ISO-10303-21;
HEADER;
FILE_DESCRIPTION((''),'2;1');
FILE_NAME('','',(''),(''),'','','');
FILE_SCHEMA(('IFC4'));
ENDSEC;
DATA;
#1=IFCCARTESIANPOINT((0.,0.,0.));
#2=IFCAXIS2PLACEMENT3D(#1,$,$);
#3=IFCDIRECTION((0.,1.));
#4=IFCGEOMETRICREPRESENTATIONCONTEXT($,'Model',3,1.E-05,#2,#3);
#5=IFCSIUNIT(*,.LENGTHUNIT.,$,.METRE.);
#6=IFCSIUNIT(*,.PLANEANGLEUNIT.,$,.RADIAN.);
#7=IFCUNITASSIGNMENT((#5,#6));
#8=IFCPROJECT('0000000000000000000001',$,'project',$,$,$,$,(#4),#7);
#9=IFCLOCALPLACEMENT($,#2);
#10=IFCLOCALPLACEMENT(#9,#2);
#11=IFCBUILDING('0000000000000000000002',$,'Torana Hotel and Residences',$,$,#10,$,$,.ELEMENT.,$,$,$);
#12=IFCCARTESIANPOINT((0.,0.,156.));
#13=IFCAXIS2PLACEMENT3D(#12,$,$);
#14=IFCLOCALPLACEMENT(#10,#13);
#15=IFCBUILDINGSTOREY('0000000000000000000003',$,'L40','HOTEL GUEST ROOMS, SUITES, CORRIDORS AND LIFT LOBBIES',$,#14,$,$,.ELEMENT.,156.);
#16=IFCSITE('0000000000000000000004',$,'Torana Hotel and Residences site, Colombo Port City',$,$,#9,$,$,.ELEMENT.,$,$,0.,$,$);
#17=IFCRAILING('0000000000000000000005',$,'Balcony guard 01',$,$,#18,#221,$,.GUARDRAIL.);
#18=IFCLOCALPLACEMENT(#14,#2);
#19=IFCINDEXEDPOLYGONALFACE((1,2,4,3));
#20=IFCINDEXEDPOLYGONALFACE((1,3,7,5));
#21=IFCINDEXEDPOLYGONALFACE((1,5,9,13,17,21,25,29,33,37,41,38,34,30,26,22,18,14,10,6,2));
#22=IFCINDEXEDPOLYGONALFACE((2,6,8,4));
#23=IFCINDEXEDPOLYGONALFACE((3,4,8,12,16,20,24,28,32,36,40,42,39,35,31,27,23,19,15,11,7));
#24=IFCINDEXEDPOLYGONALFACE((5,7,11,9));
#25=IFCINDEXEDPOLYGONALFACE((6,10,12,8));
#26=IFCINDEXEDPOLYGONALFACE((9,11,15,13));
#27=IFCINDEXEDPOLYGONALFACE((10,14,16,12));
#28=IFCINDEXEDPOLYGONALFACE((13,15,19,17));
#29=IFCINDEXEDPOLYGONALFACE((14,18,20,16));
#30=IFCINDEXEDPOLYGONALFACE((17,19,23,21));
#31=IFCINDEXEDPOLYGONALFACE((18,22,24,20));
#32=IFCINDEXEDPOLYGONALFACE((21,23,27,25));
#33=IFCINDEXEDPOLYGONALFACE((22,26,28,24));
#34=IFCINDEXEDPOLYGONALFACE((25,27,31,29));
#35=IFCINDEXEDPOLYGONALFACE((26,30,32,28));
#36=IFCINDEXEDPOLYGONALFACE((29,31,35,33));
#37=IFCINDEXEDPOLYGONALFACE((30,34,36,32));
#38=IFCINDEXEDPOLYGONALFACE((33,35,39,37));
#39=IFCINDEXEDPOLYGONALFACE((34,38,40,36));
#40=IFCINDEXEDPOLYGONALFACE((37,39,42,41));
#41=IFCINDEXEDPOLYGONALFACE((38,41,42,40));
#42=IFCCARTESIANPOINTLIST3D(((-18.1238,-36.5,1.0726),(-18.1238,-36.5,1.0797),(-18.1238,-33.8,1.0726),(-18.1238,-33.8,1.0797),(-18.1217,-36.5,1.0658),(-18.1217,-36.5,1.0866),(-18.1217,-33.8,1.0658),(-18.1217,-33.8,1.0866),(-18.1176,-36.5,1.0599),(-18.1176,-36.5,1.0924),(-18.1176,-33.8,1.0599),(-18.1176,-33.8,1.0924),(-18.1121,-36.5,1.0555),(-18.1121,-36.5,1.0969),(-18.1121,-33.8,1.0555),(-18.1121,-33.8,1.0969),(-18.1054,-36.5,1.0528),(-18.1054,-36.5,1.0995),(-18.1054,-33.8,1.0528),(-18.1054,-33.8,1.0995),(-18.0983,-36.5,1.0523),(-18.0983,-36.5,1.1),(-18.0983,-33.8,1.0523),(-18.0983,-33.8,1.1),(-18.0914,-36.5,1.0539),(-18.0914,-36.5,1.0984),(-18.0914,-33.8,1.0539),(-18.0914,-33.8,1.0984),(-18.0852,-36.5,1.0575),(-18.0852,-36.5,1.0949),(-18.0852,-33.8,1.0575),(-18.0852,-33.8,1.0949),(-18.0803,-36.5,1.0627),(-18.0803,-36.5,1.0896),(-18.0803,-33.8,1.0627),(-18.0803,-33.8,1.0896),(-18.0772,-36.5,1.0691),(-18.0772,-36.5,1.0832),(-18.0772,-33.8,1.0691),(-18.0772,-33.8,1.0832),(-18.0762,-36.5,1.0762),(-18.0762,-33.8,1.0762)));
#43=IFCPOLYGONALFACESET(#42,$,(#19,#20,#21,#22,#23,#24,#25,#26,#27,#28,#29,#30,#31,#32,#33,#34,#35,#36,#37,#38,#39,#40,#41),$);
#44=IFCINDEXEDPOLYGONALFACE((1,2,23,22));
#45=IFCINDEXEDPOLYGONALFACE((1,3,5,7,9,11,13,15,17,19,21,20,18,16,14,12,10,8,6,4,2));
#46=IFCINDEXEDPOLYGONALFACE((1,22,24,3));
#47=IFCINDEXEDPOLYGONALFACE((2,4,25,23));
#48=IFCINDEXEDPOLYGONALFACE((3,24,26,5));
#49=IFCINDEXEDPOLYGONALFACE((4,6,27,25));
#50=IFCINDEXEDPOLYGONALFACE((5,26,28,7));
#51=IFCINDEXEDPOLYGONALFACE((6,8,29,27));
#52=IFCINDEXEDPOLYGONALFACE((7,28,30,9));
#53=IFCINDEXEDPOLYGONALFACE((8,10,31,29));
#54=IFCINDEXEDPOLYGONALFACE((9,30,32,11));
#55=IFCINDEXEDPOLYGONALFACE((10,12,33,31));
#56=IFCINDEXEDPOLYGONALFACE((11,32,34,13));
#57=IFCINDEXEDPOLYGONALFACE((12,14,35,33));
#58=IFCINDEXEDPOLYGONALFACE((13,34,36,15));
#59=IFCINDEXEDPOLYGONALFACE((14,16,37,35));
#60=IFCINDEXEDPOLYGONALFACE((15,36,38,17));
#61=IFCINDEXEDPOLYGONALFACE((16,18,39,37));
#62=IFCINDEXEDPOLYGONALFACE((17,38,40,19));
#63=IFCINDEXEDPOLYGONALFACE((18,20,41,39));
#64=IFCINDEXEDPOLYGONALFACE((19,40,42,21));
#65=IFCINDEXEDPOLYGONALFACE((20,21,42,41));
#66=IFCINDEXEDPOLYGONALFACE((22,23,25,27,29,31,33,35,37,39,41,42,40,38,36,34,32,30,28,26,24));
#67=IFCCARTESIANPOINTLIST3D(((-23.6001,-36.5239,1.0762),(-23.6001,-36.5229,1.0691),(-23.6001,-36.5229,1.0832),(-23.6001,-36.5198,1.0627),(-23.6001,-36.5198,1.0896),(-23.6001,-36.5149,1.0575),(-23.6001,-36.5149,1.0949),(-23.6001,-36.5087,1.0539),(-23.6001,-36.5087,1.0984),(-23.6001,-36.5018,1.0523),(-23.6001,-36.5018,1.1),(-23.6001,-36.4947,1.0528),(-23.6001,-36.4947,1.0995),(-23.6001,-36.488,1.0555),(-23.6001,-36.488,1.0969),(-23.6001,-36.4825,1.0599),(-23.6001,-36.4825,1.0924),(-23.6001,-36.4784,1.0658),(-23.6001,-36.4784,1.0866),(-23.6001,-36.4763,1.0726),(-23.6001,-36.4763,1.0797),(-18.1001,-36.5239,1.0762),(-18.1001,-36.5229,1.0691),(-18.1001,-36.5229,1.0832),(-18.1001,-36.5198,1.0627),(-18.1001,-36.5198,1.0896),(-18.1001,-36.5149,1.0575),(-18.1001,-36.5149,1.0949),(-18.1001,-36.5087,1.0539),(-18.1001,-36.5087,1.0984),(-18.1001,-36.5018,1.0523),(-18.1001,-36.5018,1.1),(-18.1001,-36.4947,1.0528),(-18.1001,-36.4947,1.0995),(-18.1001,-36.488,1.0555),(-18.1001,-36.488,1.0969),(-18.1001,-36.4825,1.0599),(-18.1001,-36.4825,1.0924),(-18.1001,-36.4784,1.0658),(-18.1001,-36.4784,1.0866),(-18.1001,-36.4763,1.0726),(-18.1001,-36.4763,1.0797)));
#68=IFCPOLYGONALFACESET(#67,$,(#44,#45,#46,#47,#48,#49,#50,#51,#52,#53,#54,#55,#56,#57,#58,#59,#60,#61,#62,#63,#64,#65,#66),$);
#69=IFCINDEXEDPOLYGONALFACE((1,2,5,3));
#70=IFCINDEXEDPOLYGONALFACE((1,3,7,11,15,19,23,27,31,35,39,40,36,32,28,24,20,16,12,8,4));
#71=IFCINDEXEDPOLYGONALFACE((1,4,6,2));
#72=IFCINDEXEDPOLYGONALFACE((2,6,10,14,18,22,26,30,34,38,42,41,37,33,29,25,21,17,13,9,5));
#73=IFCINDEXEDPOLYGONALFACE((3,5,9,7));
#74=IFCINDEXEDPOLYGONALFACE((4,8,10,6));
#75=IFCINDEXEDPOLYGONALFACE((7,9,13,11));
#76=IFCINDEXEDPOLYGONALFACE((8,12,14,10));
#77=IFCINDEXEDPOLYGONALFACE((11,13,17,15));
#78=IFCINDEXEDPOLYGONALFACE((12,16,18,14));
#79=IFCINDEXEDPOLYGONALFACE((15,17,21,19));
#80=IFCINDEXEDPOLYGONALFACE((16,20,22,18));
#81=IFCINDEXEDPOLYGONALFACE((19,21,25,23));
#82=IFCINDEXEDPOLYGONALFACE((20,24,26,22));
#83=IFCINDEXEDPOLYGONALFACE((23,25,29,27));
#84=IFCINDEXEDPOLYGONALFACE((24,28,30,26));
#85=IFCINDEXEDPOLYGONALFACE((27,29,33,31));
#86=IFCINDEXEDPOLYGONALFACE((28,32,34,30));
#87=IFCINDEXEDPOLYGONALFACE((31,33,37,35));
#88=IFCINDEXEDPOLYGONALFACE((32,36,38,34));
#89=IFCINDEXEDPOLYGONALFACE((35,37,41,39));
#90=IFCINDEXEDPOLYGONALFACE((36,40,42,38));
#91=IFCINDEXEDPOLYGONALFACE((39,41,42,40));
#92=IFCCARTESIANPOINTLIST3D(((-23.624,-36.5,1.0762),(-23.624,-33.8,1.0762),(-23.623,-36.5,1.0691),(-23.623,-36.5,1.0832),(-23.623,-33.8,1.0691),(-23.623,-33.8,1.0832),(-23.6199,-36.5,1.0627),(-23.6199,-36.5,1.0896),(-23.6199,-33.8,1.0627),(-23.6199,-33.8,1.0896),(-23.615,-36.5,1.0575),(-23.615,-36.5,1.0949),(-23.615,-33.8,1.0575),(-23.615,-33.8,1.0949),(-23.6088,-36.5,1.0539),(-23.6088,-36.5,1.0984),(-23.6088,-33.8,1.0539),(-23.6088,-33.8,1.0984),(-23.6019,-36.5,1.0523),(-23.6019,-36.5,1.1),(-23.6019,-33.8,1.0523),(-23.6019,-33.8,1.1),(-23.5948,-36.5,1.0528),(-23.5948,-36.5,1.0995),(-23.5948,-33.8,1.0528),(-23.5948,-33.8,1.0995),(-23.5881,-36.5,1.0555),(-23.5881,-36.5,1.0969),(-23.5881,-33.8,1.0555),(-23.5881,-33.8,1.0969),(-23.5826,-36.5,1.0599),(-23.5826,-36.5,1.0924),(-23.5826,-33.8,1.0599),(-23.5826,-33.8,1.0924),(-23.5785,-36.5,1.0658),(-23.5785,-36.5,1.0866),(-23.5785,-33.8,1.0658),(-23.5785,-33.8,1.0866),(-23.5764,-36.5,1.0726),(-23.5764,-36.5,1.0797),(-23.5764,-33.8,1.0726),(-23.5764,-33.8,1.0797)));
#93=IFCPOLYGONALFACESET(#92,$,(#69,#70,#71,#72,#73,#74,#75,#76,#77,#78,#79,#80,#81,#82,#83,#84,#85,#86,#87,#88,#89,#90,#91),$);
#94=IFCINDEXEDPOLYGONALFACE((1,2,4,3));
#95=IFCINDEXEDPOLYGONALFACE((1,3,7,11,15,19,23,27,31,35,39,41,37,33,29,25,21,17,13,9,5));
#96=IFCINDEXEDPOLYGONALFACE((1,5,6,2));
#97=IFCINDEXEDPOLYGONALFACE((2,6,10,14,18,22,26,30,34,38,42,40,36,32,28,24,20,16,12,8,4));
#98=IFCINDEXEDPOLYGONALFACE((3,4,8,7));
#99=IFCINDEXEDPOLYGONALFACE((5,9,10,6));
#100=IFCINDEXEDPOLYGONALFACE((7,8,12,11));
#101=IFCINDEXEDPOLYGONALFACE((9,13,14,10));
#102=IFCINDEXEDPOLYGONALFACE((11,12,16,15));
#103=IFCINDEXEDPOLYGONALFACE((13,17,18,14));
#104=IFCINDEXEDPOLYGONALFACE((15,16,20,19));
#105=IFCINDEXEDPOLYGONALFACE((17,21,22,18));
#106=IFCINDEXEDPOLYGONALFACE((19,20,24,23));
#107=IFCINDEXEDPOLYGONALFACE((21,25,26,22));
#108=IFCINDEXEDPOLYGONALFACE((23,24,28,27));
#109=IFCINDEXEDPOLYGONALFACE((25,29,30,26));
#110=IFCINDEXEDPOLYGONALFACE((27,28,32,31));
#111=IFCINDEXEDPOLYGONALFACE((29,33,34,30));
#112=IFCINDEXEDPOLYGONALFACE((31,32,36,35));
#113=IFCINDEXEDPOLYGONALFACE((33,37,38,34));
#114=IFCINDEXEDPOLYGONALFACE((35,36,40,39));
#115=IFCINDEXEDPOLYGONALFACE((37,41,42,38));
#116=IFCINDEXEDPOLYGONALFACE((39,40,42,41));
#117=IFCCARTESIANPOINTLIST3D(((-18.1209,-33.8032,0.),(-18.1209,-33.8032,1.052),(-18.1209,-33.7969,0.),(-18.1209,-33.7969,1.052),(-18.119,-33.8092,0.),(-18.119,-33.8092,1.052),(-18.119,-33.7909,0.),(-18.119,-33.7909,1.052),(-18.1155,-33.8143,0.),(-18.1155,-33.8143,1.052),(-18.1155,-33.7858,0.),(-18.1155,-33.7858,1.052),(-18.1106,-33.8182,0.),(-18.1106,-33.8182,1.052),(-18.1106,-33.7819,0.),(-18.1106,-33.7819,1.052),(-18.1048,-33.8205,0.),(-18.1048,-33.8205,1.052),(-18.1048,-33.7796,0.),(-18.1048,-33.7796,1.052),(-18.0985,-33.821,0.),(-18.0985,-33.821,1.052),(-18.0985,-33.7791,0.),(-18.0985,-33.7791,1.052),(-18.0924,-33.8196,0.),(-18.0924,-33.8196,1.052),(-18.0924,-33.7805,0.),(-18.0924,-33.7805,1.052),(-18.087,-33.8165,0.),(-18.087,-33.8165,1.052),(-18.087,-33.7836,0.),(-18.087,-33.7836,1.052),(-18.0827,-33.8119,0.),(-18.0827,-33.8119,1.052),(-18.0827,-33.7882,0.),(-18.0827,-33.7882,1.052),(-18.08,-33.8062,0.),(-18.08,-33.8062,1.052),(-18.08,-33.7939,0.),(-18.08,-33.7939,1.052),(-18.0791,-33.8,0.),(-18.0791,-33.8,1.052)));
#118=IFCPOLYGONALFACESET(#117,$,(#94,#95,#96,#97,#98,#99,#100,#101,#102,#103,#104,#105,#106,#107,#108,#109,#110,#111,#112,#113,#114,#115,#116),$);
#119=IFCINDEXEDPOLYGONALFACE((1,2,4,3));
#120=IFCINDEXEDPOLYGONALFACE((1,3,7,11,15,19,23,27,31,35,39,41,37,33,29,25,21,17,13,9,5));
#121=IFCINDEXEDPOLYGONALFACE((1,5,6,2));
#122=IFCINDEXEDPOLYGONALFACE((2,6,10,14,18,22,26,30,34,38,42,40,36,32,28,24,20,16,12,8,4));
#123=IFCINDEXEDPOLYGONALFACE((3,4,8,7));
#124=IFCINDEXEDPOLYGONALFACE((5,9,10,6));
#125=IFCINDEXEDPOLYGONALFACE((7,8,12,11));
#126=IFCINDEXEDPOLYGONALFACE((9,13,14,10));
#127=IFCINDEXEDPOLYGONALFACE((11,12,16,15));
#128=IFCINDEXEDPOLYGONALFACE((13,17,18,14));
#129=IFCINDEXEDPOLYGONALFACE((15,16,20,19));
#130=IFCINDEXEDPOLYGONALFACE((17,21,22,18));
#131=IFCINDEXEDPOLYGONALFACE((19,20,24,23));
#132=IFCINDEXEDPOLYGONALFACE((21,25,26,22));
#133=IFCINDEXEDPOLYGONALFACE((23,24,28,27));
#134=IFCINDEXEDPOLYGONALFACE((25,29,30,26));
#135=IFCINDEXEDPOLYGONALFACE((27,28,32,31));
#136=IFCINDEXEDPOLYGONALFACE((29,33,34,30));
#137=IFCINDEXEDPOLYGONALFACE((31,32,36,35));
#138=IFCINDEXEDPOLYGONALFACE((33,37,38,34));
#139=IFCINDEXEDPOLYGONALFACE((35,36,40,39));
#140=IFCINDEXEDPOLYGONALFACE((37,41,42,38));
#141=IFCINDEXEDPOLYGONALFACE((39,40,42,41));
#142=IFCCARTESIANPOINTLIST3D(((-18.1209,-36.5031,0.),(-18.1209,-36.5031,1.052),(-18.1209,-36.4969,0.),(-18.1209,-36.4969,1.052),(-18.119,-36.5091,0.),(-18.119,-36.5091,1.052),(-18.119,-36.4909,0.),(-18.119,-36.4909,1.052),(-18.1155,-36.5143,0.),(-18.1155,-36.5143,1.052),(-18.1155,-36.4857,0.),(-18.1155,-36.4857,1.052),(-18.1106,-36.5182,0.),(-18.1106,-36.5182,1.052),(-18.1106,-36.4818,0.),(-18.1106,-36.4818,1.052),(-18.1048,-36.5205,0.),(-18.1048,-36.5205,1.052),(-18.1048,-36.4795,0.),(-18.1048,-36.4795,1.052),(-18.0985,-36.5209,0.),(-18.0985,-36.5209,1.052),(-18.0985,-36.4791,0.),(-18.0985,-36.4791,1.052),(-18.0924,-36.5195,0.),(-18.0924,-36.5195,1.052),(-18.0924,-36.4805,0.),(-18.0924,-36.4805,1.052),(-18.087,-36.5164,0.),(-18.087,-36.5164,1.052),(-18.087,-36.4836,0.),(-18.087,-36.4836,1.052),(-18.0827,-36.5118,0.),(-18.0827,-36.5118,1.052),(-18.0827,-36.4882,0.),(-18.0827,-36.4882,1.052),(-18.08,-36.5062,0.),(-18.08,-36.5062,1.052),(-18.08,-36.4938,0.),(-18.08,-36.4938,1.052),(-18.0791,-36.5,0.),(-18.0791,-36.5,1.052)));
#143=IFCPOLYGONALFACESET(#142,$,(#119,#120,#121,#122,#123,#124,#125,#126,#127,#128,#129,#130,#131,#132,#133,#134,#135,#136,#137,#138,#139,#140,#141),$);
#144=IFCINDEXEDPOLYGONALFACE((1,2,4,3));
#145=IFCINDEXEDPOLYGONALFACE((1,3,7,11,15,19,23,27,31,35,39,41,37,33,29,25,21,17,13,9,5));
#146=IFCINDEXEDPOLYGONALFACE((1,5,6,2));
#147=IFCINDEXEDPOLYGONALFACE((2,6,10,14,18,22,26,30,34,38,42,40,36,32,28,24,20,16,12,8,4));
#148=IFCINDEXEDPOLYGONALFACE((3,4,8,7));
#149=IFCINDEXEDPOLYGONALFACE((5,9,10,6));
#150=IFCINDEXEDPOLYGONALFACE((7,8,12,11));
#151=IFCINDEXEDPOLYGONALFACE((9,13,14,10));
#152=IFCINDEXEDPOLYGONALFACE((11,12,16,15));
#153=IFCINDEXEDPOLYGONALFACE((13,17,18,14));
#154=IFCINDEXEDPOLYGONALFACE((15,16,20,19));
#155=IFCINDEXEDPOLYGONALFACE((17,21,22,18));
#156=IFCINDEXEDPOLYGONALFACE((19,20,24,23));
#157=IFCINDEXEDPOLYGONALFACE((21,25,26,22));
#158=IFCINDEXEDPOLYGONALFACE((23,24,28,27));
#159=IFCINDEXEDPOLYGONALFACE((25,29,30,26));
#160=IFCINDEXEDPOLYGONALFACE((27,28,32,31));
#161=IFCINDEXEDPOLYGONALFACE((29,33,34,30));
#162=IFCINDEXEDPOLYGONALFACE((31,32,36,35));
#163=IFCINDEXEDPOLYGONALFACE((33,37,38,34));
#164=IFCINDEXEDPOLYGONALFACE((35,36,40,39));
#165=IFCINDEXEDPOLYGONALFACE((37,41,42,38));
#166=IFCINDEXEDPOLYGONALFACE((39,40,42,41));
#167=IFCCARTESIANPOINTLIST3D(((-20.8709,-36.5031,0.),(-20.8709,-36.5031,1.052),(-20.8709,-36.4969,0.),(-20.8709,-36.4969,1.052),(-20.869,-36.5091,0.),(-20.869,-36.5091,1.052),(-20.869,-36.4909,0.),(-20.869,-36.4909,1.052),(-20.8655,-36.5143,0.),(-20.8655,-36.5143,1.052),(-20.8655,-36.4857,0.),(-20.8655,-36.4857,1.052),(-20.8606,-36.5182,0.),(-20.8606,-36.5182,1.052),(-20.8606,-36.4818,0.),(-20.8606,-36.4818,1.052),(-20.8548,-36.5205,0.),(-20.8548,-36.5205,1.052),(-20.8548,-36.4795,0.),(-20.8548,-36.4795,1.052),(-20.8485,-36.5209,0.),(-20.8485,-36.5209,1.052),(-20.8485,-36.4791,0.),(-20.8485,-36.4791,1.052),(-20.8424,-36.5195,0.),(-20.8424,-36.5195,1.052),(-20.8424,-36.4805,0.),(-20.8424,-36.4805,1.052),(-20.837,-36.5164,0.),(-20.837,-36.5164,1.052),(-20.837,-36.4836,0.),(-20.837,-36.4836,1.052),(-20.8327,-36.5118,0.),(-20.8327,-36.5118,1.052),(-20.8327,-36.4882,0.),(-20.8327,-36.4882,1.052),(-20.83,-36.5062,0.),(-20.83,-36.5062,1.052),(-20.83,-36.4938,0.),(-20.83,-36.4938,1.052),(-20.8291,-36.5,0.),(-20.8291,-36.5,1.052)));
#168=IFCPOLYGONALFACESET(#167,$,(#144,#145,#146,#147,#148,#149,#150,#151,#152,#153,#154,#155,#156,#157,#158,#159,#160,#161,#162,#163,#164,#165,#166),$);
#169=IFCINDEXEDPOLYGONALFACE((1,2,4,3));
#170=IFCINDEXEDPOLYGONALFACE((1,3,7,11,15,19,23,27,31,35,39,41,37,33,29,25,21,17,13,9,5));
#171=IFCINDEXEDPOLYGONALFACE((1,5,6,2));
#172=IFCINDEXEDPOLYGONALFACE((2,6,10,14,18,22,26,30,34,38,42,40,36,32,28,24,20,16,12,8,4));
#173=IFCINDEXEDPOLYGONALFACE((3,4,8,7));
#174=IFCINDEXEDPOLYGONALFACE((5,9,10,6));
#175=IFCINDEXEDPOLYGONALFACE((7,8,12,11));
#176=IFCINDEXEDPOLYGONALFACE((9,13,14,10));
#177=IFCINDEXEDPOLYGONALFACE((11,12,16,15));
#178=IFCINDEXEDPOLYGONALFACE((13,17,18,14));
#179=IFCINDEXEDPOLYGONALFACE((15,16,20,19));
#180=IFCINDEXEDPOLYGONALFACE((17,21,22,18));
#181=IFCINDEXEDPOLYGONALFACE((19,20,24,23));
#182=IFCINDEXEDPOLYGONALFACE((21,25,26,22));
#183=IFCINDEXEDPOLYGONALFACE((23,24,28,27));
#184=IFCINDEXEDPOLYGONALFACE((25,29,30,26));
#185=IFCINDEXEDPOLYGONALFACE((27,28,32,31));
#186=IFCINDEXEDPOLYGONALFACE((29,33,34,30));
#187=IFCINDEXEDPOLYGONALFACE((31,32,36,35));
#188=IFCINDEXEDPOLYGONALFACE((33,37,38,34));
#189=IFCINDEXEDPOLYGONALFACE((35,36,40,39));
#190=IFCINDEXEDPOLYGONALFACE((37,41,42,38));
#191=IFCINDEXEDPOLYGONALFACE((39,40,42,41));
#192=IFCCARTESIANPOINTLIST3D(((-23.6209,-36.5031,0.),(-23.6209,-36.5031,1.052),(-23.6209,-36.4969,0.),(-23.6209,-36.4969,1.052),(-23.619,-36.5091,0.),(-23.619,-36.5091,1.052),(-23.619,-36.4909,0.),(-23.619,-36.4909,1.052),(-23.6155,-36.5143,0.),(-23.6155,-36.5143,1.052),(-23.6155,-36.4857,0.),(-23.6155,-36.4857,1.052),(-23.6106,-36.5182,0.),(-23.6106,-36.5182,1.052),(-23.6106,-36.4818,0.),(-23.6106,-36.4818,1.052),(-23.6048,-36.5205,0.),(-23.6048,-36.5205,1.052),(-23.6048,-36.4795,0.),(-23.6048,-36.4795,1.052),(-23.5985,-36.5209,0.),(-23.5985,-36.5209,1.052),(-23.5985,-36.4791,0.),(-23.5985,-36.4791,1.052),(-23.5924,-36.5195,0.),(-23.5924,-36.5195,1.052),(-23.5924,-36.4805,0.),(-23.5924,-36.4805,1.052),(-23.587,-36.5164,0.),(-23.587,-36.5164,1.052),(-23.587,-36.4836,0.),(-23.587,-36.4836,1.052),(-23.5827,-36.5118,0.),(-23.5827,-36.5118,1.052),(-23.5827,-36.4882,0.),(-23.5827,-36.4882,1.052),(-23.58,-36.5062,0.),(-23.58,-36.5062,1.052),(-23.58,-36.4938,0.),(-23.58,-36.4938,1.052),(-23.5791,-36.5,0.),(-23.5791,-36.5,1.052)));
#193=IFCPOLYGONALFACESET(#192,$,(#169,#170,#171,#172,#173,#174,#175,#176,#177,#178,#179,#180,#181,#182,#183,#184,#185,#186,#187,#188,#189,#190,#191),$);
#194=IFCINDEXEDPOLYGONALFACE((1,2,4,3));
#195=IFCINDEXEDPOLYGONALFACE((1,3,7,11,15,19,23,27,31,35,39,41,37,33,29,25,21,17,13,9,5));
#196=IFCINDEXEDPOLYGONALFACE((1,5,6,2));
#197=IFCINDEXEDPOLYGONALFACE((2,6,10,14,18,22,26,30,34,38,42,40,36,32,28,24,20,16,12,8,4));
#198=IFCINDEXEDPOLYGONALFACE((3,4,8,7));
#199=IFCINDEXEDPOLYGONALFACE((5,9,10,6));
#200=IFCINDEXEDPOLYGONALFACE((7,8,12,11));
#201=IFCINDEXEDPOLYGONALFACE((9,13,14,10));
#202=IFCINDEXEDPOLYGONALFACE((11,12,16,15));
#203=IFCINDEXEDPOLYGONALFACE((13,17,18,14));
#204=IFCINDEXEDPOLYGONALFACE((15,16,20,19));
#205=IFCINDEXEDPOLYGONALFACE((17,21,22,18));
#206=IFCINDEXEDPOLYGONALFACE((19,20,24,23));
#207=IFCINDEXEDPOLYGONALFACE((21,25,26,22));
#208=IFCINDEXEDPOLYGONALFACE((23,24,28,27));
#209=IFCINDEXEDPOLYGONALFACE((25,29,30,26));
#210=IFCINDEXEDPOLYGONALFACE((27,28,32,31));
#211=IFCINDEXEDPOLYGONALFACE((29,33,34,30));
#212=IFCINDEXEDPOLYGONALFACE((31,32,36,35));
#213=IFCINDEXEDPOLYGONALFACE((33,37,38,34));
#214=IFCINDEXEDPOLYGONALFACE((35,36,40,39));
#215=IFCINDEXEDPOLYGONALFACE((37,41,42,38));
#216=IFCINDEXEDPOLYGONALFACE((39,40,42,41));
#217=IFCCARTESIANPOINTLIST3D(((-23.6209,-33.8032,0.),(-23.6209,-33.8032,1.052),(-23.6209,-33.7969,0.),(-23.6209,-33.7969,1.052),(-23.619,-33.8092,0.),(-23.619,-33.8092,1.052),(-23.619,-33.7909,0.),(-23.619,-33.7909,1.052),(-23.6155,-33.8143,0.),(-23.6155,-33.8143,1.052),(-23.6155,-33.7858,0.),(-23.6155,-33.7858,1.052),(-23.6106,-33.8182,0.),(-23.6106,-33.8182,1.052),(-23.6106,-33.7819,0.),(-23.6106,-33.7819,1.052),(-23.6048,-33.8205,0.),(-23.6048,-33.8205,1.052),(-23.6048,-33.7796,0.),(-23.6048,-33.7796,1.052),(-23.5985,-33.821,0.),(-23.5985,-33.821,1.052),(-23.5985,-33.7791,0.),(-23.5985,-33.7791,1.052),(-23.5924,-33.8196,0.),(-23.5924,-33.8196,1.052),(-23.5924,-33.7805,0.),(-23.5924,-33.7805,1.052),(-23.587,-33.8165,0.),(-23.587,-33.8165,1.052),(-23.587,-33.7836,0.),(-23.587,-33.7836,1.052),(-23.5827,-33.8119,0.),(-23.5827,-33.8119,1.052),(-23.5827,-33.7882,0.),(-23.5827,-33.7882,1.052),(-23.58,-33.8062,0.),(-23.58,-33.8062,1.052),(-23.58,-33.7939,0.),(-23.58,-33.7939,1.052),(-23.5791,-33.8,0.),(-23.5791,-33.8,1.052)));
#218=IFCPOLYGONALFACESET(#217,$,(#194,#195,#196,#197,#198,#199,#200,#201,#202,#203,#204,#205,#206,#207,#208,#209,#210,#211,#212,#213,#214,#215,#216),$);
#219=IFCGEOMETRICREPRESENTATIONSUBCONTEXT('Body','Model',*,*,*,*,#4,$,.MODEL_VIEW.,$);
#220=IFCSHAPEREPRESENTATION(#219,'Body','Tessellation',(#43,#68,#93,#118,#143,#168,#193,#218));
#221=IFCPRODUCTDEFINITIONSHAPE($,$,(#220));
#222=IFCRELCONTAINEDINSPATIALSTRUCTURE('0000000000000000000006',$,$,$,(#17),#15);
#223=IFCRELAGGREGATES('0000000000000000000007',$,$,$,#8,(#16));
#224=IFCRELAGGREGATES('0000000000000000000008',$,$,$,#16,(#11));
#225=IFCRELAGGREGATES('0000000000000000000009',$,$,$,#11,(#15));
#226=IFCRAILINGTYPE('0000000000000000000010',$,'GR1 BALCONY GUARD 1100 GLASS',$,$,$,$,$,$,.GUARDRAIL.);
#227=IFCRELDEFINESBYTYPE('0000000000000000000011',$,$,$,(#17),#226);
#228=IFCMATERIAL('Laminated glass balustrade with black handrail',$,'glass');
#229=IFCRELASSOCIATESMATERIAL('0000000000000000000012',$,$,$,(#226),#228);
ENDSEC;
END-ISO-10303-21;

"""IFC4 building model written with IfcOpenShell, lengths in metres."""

from ifc_helpers import new_model, si_unit, direction, frame, origin, origin_2d, place, context, subcontext, project, spatial, circle, extrude, material, type_object, element, save


model = new_model("IFC4")

# Units and contexts
model_context = context("Model", 3, precision=1e-05, world=origin(), true_north=direction((0.0, 1.0)))
body_context = subcontext(model_context, "Body", "Model", "MODEL_VIEW")
ifc_project = project(units=[si_unit("LENGTHUNIT", "METRE"), si_unit("PLANEANGLEUNIT", "RADIAN")], contexts=[model_context])

# Site, building, storey
site_placement = place(None, origin())
site = spatial("IfcSite", under=ifc_project, at=site_placement, Name="Torana Hotel and Residences site, Colombo Port City", CompositionType="ELEMENT", RefElevation=0.0)
building_placement = place(site_placement, origin())
building = spatial("IfcBuilding", under=site, at=building_placement, Name="Torana Hotel and Residences", CompositionType="ELEMENT")
storey_placement = place(building_placement, frame((0.0, 0.0, 156.0)))
storey = spatial("IfcBuildingStorey", under=building, at=storey_placement, Name="L40", Description="HOTEL GUEST ROOMS, SUITES, CORRIDORS AND LIFT LOBBIES", CompositionType="ELEMENT", Elevation=156.0)

# Railing
ifc_material_1 = material(Name="Laminated glass balustrade with black handrail", Category="glass")
railing_type = type_object("IfcRailingType", Name="GR1 BALCONY GUARD 1100 GLASS", PredefinedType="GUARDRAIL", material=ifc_material_1)
railing_placement = place(storey_placement, frame((-18.1001, -33.8, 0.0)))
element("IfcRailing", 1, at=railing_placement, inside=storey, type_object=railing_type, Name="Balcony guard 01", PredefinedType="GUARDRAIL", context=body_context, shape_type="SweptSolid", body=[
    extrude(circle(Radius=0.0239, at=origin_2d()), frame((0.0, 0.0, 1.0762), z_axis=(0.0, -1.0, 0.0), x_axis=(1.0, 0.0, 0.0)), (0.0, 0.0, 1.0), 2.7),
    extrude(circle(Radius=0.0239, at=origin_2d()), frame((0.0, -2.7, 1.0762), z_axis=(-1.0, 0.0, 0.0), x_axis=(0.0, -1.0, 0.0)), (0.0, 0.0, 1.0), 5.5),
    extrude(circle(Radius=0.0239, at=origin_2d()), frame((-5.5, -2.7, 1.0762), z_axis=(0.0, 1.0, 0.0), x_axis=(-1.0, 0.0, 0.0)), (0.0, 0.0, 1.0), 2.7),
    extrude(circle(Radius=0.021, at=origin_2d()), origin(), (0.0, 0.0, 1.0), 1.052),
    extrude(circle(Radius=0.021, at=origin_2d()), frame((0.0, -2.7, 0.0)), (0.0, 0.0, 1.0), 1.052),
    extrude(circle(Radius=0.021, at=origin_2d()), frame((-2.75, -2.7, 0.0)), (0.0, 0.0, 1.0), 1.052),
    extrude(circle(Radius=0.021, at=origin_2d()), frame((-5.5, -2.7, 0.0)), (0.0, 0.0, 1.0), 1.052),
    extrude(circle(Radius=0.021, at=origin_2d()), frame((-5.5, 0.0, 0.0)), (0.0, 0.0, 1.0), 1.052),
])

save(model, "model.ifc")
